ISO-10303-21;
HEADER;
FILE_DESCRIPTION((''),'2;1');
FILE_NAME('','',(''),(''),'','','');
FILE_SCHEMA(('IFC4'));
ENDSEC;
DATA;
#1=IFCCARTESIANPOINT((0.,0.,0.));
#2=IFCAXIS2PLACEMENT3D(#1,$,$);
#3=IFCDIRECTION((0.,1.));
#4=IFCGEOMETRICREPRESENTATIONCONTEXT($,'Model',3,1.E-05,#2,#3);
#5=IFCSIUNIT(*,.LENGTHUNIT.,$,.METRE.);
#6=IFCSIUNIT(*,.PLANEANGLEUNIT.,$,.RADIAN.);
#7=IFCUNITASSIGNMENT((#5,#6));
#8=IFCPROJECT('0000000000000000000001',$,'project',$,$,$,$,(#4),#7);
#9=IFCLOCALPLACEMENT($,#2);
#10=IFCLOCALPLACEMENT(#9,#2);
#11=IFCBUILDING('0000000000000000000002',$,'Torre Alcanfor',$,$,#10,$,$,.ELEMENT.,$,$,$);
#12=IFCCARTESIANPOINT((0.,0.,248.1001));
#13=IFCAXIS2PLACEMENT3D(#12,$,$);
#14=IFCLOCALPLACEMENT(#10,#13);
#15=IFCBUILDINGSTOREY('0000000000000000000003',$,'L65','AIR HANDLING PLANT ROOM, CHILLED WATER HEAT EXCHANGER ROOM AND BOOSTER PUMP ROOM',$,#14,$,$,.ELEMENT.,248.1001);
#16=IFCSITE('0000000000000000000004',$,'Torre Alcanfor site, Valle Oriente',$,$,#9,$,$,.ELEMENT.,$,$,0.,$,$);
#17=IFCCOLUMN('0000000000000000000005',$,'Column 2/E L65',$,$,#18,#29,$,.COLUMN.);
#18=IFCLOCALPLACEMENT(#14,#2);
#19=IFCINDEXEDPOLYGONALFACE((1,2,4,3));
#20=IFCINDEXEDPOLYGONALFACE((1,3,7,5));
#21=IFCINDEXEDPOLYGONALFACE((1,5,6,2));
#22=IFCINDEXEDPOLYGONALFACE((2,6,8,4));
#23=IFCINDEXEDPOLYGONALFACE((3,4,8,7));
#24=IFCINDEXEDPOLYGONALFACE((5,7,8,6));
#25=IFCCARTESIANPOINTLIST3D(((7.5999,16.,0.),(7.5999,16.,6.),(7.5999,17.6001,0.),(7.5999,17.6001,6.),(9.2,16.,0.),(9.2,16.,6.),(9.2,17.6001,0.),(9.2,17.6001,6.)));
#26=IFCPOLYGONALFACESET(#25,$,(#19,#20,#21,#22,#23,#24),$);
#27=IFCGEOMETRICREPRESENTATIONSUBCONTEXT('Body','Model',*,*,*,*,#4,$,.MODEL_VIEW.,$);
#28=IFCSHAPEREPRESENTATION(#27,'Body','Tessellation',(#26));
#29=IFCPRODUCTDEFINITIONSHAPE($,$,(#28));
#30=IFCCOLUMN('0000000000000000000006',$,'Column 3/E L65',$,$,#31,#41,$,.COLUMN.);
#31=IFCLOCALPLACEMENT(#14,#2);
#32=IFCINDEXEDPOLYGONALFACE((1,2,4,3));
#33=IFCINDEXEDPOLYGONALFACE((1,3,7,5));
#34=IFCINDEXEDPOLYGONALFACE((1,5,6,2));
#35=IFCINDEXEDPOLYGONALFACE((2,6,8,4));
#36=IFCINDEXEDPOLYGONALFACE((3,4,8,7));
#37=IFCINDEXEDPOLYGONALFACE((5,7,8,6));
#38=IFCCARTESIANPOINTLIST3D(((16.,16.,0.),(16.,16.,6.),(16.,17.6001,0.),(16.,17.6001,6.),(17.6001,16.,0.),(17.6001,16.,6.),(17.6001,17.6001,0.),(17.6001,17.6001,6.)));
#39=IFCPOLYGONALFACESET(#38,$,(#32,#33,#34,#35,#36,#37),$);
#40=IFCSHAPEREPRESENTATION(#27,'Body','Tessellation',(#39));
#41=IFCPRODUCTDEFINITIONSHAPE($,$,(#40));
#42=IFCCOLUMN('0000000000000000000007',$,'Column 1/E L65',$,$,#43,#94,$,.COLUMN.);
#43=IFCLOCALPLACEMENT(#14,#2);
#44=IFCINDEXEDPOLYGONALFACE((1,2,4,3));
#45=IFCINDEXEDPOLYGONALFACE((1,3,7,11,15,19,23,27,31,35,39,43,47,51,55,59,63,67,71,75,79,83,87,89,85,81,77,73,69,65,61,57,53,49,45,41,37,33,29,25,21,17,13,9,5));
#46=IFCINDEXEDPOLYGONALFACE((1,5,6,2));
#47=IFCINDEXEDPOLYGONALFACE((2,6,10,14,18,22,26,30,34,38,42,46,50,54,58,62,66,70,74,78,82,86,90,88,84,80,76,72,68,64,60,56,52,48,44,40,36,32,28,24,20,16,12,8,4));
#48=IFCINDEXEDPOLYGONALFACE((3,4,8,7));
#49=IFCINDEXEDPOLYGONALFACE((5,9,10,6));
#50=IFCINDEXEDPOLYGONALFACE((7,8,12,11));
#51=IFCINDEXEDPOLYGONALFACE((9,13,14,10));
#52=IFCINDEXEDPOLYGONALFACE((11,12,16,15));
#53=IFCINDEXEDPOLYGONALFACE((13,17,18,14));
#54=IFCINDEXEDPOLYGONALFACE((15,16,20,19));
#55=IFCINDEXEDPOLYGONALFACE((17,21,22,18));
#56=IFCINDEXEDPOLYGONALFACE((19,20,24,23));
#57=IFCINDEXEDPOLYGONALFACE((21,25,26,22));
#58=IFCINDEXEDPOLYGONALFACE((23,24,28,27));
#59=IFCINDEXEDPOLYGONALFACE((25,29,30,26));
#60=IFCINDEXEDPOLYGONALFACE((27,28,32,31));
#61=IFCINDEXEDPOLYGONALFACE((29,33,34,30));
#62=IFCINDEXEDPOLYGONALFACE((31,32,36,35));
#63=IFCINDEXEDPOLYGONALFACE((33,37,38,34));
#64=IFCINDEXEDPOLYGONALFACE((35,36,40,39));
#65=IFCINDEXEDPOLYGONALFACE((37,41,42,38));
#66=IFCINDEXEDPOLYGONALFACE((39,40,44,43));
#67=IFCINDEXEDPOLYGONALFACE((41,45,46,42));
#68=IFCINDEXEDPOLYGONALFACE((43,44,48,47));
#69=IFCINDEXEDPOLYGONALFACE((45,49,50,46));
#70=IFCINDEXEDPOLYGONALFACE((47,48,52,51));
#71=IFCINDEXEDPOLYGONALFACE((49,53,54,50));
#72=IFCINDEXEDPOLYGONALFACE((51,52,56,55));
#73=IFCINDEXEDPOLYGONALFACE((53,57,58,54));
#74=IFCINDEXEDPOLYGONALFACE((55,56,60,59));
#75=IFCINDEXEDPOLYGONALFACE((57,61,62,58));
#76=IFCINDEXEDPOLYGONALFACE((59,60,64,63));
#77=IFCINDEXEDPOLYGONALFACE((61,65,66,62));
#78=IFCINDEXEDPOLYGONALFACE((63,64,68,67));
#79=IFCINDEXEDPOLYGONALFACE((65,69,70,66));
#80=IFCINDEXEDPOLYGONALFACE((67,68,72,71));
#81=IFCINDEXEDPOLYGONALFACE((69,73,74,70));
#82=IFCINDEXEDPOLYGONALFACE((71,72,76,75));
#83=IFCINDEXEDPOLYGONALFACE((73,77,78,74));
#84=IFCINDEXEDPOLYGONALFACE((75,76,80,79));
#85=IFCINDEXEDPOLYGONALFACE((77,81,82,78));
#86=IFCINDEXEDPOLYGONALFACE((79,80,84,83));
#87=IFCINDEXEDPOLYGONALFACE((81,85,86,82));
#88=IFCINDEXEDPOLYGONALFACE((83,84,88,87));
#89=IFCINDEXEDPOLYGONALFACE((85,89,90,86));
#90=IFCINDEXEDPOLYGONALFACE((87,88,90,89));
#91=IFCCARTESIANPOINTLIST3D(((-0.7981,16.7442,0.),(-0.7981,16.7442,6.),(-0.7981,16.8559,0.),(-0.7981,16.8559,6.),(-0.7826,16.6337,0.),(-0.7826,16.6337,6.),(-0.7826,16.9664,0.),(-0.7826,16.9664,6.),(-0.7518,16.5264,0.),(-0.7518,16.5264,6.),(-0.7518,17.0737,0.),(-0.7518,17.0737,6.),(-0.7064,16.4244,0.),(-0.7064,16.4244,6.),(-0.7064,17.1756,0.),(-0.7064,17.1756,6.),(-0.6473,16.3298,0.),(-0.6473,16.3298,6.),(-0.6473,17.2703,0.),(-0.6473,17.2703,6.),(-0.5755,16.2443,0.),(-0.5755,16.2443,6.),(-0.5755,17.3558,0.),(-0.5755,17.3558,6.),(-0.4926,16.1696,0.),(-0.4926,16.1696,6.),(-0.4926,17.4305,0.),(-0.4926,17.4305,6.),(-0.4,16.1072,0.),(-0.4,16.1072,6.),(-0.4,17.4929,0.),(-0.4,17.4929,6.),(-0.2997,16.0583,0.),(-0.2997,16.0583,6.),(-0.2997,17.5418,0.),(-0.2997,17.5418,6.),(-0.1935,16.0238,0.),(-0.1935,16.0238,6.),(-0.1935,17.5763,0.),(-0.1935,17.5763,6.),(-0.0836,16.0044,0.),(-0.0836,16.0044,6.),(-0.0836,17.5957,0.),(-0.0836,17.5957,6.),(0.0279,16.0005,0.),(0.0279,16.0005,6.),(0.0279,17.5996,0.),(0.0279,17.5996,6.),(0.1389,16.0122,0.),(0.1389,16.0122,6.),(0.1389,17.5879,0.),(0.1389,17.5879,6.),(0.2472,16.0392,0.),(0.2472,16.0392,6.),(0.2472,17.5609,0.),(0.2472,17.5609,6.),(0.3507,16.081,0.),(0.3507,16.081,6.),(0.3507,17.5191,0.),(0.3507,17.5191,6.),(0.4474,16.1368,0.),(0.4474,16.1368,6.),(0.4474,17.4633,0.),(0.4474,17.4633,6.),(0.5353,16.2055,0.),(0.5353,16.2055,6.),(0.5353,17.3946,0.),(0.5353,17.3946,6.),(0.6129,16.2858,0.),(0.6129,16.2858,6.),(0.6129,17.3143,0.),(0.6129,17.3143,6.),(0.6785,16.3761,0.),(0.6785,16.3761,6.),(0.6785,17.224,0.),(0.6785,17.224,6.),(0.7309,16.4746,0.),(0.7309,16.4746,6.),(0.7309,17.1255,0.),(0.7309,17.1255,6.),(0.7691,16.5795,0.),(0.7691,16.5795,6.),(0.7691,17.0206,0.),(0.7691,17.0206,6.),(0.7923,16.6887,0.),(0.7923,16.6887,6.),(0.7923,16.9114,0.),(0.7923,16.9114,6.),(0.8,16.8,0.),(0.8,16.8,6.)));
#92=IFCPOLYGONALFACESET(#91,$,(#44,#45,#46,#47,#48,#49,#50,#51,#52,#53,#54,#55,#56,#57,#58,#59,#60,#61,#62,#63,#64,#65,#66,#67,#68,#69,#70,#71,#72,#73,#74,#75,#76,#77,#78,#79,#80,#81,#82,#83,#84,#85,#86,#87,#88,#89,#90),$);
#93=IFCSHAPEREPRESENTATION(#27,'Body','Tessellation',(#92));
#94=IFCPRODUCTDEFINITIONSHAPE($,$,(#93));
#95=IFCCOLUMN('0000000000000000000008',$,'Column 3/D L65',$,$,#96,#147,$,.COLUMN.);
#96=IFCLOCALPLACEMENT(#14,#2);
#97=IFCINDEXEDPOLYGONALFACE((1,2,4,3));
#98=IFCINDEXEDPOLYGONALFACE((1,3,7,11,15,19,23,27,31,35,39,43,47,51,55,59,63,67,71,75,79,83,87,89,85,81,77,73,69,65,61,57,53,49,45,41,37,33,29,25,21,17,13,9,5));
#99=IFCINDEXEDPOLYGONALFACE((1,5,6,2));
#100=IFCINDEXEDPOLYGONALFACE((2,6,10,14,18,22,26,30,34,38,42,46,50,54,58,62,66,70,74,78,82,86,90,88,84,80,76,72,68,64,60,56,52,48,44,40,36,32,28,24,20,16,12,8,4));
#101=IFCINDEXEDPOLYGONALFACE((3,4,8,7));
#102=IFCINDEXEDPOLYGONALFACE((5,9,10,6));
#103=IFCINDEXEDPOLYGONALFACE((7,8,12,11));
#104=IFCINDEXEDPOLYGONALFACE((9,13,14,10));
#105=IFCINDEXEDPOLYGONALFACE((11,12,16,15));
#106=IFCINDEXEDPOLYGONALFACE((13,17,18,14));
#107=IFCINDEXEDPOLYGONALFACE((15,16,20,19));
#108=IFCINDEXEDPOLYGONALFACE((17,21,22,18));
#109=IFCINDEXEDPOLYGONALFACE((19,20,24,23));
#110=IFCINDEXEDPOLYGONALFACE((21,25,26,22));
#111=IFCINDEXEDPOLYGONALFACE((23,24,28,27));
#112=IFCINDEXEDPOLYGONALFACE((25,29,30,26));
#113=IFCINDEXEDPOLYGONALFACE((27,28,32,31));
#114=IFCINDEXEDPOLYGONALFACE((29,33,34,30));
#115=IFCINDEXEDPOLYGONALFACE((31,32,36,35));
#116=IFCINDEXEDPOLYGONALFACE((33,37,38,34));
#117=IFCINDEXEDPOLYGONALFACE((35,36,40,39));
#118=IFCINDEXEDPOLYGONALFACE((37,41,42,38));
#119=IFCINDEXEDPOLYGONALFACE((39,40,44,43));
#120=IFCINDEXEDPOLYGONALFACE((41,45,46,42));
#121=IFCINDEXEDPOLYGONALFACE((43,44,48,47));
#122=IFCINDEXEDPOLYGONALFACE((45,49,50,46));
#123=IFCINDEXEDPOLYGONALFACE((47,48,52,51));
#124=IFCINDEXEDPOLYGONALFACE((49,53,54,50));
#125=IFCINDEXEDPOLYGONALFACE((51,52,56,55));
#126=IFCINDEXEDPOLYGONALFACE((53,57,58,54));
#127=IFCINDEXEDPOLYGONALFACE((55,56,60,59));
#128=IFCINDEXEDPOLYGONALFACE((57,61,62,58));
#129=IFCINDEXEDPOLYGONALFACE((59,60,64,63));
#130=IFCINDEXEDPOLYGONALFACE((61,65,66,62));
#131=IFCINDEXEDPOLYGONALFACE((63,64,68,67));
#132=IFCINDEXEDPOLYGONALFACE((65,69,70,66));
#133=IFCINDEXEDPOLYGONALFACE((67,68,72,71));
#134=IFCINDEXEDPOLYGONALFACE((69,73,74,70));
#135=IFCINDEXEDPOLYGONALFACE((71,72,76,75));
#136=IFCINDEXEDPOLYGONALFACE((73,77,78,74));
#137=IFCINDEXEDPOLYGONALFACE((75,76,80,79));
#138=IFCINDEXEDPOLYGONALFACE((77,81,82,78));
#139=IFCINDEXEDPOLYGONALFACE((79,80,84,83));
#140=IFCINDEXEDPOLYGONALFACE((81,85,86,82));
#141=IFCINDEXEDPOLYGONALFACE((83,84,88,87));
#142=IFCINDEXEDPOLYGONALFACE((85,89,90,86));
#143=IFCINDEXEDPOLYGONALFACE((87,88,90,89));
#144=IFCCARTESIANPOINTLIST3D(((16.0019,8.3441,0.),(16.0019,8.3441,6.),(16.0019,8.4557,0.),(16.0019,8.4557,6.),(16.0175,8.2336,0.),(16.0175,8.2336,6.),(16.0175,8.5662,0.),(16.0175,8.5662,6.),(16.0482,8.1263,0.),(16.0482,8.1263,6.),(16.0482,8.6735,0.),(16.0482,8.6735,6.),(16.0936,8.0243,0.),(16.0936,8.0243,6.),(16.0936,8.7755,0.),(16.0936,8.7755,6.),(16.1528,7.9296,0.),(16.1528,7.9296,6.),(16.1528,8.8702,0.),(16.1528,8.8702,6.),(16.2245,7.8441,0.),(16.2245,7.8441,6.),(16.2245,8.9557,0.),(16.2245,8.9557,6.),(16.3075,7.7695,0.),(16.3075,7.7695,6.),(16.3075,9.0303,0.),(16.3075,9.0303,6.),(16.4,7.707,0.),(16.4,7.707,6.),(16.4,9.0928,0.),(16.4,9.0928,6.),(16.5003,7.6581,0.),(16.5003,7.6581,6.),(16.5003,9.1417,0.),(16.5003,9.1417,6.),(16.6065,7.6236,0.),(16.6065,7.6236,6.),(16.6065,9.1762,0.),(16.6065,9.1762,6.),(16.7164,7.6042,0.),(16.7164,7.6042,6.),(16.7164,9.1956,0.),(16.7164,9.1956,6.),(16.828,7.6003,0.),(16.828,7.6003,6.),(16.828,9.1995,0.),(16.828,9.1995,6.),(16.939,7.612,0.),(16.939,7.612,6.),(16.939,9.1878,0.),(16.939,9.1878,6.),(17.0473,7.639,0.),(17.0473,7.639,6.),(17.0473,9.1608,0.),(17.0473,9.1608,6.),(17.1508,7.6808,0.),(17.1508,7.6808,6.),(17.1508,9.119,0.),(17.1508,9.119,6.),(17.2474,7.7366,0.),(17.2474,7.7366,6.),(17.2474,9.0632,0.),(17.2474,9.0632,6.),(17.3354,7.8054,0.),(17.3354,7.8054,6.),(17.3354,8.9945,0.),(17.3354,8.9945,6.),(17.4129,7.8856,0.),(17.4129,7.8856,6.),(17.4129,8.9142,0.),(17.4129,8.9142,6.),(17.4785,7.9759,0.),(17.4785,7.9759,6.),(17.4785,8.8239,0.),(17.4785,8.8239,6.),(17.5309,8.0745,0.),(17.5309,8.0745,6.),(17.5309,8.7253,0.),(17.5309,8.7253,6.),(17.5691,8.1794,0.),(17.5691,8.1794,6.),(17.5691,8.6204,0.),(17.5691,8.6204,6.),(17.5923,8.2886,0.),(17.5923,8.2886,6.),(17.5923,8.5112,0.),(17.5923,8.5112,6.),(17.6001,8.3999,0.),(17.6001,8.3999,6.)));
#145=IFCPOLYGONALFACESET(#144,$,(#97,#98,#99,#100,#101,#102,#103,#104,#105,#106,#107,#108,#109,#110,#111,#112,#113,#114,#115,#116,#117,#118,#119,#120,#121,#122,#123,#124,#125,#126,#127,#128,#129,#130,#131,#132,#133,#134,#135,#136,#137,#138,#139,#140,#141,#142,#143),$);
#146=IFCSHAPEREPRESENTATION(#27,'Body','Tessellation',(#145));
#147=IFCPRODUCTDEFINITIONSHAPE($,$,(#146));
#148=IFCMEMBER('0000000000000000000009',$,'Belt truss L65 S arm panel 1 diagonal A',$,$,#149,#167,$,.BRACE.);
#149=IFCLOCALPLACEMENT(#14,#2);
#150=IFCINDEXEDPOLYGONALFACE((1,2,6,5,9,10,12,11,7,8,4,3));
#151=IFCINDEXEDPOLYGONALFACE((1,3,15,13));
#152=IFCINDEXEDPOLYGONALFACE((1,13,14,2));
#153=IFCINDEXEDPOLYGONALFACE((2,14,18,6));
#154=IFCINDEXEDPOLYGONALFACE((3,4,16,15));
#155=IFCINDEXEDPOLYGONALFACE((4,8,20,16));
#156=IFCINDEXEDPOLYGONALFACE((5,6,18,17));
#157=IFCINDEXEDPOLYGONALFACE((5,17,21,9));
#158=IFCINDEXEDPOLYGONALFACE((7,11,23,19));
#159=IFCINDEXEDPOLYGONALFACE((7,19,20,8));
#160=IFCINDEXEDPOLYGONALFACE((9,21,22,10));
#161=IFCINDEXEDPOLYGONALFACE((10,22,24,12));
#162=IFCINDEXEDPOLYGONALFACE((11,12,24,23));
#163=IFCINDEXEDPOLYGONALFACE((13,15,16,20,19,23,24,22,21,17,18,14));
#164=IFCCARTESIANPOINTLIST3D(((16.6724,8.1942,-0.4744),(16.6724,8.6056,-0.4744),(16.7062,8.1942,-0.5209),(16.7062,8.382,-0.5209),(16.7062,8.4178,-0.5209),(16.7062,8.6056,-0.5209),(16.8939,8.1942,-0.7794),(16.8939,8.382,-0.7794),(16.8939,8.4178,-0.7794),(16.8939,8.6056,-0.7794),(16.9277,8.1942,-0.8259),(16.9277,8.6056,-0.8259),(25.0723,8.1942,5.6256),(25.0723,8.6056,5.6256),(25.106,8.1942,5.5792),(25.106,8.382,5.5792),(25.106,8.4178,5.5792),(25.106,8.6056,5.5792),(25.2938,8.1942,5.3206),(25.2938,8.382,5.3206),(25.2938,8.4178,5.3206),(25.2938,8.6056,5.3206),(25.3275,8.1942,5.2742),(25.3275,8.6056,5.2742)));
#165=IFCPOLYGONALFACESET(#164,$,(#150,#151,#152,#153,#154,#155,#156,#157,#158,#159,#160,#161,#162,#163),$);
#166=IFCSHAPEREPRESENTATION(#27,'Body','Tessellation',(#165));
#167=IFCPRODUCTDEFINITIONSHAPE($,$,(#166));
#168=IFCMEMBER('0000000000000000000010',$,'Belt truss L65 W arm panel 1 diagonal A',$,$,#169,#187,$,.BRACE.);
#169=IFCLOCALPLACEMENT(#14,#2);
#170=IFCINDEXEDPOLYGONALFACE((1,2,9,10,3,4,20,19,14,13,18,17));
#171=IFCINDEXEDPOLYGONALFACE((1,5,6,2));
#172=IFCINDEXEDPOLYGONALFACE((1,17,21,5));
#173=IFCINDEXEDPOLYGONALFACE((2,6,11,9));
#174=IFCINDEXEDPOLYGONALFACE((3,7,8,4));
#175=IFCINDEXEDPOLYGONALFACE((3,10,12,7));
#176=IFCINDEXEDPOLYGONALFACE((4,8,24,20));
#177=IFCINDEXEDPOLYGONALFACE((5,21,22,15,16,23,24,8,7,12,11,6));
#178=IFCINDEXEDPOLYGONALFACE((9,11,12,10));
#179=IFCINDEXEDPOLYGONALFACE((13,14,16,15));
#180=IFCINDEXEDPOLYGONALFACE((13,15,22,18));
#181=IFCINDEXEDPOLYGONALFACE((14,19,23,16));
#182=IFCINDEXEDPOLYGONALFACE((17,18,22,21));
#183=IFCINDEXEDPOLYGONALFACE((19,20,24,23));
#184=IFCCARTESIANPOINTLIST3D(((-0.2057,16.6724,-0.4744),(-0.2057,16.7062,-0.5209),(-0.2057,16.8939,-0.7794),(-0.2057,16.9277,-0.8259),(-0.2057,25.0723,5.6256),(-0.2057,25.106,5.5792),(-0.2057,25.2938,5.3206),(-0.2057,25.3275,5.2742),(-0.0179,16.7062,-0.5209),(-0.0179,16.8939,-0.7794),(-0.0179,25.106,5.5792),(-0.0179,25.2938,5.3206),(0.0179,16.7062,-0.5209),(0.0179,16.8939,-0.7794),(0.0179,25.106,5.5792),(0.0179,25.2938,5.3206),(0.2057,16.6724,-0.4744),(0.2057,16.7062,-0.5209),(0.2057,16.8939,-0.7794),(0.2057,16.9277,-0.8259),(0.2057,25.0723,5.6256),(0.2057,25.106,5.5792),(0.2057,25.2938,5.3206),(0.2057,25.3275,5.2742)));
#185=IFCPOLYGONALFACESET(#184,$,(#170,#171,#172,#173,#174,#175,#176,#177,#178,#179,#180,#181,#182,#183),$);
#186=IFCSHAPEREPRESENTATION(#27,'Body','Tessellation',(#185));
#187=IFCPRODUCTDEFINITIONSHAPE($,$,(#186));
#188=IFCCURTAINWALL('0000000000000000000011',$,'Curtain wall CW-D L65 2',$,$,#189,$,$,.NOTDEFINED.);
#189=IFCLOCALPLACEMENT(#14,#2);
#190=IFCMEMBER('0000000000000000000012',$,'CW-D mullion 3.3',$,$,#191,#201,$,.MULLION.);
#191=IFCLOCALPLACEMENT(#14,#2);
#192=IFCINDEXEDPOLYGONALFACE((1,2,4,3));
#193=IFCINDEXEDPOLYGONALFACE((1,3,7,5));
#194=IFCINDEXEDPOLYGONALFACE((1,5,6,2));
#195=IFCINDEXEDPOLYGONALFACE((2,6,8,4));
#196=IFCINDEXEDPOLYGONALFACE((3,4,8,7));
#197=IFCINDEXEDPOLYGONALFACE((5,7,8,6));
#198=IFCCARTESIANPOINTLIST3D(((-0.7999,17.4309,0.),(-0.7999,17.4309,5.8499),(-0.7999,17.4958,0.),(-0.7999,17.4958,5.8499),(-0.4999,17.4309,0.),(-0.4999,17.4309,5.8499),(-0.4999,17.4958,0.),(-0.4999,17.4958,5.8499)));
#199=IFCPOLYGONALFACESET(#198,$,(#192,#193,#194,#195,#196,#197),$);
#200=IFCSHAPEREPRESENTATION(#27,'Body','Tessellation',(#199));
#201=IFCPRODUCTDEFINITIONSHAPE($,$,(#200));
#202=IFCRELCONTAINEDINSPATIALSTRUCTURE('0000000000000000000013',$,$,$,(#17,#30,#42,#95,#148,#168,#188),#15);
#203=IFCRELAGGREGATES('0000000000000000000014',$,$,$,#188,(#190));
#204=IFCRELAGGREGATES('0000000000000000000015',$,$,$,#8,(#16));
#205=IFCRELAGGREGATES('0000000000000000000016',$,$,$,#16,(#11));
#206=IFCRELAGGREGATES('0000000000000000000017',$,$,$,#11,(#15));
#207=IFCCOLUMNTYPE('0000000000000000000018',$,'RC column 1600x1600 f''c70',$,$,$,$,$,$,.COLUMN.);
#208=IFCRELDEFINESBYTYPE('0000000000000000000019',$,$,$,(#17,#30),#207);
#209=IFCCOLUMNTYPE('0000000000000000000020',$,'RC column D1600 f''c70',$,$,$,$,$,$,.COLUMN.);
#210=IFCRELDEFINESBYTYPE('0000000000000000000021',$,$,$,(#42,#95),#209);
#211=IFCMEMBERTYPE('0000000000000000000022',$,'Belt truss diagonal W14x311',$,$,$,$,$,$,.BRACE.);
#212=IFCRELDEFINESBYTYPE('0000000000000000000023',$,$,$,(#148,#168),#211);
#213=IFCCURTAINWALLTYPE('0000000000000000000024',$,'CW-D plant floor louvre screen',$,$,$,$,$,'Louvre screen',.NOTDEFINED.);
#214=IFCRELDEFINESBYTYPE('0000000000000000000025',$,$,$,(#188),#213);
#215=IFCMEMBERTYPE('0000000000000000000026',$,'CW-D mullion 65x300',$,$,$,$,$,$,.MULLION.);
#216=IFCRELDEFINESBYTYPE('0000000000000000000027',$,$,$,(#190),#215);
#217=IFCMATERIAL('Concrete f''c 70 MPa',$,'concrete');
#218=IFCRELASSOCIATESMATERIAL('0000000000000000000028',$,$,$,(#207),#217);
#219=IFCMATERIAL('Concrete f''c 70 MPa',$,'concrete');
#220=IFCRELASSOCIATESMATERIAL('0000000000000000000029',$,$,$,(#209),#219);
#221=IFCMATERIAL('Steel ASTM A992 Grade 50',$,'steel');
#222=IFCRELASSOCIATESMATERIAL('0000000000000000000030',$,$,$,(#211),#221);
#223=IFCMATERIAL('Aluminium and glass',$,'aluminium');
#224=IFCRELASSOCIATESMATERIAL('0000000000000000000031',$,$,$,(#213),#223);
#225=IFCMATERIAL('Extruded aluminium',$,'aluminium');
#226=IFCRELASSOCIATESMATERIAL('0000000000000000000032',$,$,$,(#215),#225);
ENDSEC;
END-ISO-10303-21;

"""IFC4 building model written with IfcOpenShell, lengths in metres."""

from ifc_helpers import new_model, si_unit, direction, frame, origin, origin_2d, place, context, subcontext, project, spatial, rectangle, circle, i_section, extrude, material, material_profile, profile_set, type_object, element, aggregate, save


model = new_model("IFC4")

# Units and contexts
model_context = context("Model", 3, precision=1e-05, world=origin(), true_north=direction((0.0, 1.0)))
body_context = subcontext(model_context, "Body", "Model", "MODEL_VIEW")
ifc_project = project(units=[si_unit("LENGTHUNIT", "METRE"), si_unit("PLANEANGLEUNIT", "RADIAN")], contexts=[model_context])

# Site, building, storey
site_placement = place(None, origin())
site = spatial("IfcSite", under=ifc_project, at=site_placement, Name="Torre Alcanfor site, Valle Oriente", CompositionType="ELEMENT", RefElevation=0.0)
building_placement = place(site_placement, origin())
building = spatial("IfcBuilding", under=site, at=building_placement, Name="Torre Alcanfor", CompositionType="ELEMENT")
storey_placement = place(building_placement, frame((0.0, 0.0, 248.1001)))
storey = spatial("IfcBuildingStorey", under=building, at=storey_placement, Name="L65", Description="AIR HANDLING PLANT ROOM, CHILLED WATER HEAT EXCHANGER ROOM AND BOOSTER PUMP ROOM", CompositionType="ELEMENT", Elevation=248.1001)

# Columns
ifc_material_1 = material(Name="Concrete f'c 70 MPa", Category="concrete")
ifc_material_profile_1 = material_profile(ifc_material_1, rectangle(XDim=1.6001, YDim=1.6001, at=origin_2d()), Name="1600x1600")
ifc_profile_set_1 = profile_set([ifc_material_profile_1], Name="Concrete f'c 70 MPa")
column_type_1 = type_object("IfcColumnType", Name="RC column 1600x1600 f'c70", PredefinedType="COLUMN", material=ifc_profile_set_1)
for number, where, z_axis, x_axis, name in (
    (1, (8.3999, 16.8, 0.0), (0.0, 0.0, 1.0), (1.0, 0.0, 0.0), "Column 2/E L65"),
    (2, (16.8, 16.8, 0.0), (0.0, 0.0, 1.0), (1.0, 0.0, 0.0), "Column 3/E L65"),
):
    element("IfcColumn", number, at=place(storey_placement, frame(where, z_axis=z_axis, x_axis=x_axis)), inside=storey, type_object=column_type_1, Name=name, PredefinedType="COLUMN", context=body_context, shape_type="SweptSolid", body=[
        extrude(rectangle(XDim=1.6001, YDim=1.6001, at=origin_2d()), origin(), (0.0, 0.0, 1.0), 6.0),
    ])
ifc_material_2 = material(Name="Concrete f'c 70 MPa", Category="concrete")
ifc_material_profile_2 = material_profile(ifc_material_2, circle(Radius=0.8, at=origin_2d()), Name="D1600")
ifc_profile_set_2 = profile_set([ifc_material_profile_2], Name="Concrete f'c 70 MPa")
column_type_2 = type_object("IfcColumnType", Name="RC column D1600 f'c70", PredefinedType="COLUMN", material=ifc_profile_set_2)
for number, where, z_axis, x_axis, name in (
    (3, (0.0, 16.8, 0.0), (0.0, 0.0, 1.0), (1.0, 0.0, 0.0), "Column 1/E L65"),
    (4, (16.8, 8.3999, 0.0), (0.0, 0.0, 1.0), (1.0, 0.0, 0.0), "Column 3/D L65"),
):
    element("IfcColumn", number, at=place(storey_placement, frame(where, z_axis=z_axis, x_axis=x_axis)), inside=storey, type_object=column_type_2, Name=name, PredefinedType="COLUMN", context=body_context, shape_type="SweptSolid", body=[
        extrude(circle(Radius=0.8, at=origin_2d()), origin(), (0.0, 0.0, 1.0), 6.0),
    ])

# Members
ifc_material_3 = material(Name="Steel ASTM A992 Grade 50", Category="steel")
ifc_material_profile_3 = material_profile(ifc_material_3, i_section(OverallWidth=0.4114, OverallDepth=0.4343, WebThickness=0.0359, FlangeThickness=0.0574, at=origin_2d()), Name="W14x311")
ifc_profile_set_3 = profile_set([ifc_material_profile_3], Name="Steel ASTM A992 Grade 50")
member_type_1 = type_object("IfcMemberType", Name="Belt truss diagonal W14x311", PredefinedType="BRACE", material=ifc_profile_set_3)
for number, where, z_axis, x_axis, name in (
    (5, (16.8, 8.3999, -0.6501), (0.809145, 0.0, 0.587609), (0.0, 1.0, 0.0), "Belt truss L65 S arm panel 1 diagonal A"),
    (6, (0.0, 16.8, -0.6501), (0.0, 0.809145, 0.587609), (-1.0, 0.0, 0.0), "Belt truss L65 W arm panel 1 diagonal A"),
):
    element("IfcMember", number, at=place(storey_placement, frame(where, z_axis=z_axis, x_axis=x_axis)), inside=storey, type_object=member_type_1, Name=name, PredefinedType="BRACE", context=body_context, shape_type="SweptSolid", body=[
        extrude(i_section(OverallWidth=0.4114, OverallDepth=0.4343, WebThickness=0.0359, FlangeThickness=0.0574, at=origin_2d()), origin(), (0.0, 0.0, 1.0), 10.3811),
    ])

# Curtain wall, member
ifc_material_4 = material(Name="Aluminium and glass", Category="aluminium")
curtain_wall_type = type_object("IfcCurtainWallType", Name="CW-D plant floor louvre screen", ElementType="Louvre screen", PredefinedType="NOTDEFINED", material=ifc_material_4)
curtain_wall_placement = place(storey_placement, origin())
curtain_wall = element("IfcCurtainWall", 7, at=curtain_wall_placement, inside=storey, type_object=curtain_wall_type, Name="Curtain wall CW-D L65 2", PredefinedType="NOTDEFINED")
ifc_material_5 = material(Name="Extruded aluminium", Category="aluminium")
ifc_material_profile_4 = material_profile(ifc_material_5, rectangle(XDim=0.3, YDim=0.0649, at=origin_2d()), Name="CW-D mullion 65x300")
ifc_profile_set_4 = profile_set([ifc_material_profile_4], Name="Extruded aluminium")
member_type_2 = type_object("IfcMemberType", Name="CW-D mullion 65x300", PredefinedType="MULLION", material=ifc_profile_set_4)
member_placement = place(storey_placement, frame((-0.6499, 17.4634, 0.0), z_axis=(0.0, 0.0, 1.0), x_axis=(1.0, 0.0, 0.0)))
member = element("IfcMember", 8, at=member_placement, type_object=member_type_2, Name="CW-D mullion 3.3", PredefinedType="MULLION", context=body_context, shape_type="SweptSolid", body=[
    extrude(rectangle(XDim=0.3, YDim=0.0649, at=origin_2d()), origin(), (0.0, 0.0, 1.0), 5.8499),
])
aggregate(curtain_wall, [member])

save(model, "model.ifc")
